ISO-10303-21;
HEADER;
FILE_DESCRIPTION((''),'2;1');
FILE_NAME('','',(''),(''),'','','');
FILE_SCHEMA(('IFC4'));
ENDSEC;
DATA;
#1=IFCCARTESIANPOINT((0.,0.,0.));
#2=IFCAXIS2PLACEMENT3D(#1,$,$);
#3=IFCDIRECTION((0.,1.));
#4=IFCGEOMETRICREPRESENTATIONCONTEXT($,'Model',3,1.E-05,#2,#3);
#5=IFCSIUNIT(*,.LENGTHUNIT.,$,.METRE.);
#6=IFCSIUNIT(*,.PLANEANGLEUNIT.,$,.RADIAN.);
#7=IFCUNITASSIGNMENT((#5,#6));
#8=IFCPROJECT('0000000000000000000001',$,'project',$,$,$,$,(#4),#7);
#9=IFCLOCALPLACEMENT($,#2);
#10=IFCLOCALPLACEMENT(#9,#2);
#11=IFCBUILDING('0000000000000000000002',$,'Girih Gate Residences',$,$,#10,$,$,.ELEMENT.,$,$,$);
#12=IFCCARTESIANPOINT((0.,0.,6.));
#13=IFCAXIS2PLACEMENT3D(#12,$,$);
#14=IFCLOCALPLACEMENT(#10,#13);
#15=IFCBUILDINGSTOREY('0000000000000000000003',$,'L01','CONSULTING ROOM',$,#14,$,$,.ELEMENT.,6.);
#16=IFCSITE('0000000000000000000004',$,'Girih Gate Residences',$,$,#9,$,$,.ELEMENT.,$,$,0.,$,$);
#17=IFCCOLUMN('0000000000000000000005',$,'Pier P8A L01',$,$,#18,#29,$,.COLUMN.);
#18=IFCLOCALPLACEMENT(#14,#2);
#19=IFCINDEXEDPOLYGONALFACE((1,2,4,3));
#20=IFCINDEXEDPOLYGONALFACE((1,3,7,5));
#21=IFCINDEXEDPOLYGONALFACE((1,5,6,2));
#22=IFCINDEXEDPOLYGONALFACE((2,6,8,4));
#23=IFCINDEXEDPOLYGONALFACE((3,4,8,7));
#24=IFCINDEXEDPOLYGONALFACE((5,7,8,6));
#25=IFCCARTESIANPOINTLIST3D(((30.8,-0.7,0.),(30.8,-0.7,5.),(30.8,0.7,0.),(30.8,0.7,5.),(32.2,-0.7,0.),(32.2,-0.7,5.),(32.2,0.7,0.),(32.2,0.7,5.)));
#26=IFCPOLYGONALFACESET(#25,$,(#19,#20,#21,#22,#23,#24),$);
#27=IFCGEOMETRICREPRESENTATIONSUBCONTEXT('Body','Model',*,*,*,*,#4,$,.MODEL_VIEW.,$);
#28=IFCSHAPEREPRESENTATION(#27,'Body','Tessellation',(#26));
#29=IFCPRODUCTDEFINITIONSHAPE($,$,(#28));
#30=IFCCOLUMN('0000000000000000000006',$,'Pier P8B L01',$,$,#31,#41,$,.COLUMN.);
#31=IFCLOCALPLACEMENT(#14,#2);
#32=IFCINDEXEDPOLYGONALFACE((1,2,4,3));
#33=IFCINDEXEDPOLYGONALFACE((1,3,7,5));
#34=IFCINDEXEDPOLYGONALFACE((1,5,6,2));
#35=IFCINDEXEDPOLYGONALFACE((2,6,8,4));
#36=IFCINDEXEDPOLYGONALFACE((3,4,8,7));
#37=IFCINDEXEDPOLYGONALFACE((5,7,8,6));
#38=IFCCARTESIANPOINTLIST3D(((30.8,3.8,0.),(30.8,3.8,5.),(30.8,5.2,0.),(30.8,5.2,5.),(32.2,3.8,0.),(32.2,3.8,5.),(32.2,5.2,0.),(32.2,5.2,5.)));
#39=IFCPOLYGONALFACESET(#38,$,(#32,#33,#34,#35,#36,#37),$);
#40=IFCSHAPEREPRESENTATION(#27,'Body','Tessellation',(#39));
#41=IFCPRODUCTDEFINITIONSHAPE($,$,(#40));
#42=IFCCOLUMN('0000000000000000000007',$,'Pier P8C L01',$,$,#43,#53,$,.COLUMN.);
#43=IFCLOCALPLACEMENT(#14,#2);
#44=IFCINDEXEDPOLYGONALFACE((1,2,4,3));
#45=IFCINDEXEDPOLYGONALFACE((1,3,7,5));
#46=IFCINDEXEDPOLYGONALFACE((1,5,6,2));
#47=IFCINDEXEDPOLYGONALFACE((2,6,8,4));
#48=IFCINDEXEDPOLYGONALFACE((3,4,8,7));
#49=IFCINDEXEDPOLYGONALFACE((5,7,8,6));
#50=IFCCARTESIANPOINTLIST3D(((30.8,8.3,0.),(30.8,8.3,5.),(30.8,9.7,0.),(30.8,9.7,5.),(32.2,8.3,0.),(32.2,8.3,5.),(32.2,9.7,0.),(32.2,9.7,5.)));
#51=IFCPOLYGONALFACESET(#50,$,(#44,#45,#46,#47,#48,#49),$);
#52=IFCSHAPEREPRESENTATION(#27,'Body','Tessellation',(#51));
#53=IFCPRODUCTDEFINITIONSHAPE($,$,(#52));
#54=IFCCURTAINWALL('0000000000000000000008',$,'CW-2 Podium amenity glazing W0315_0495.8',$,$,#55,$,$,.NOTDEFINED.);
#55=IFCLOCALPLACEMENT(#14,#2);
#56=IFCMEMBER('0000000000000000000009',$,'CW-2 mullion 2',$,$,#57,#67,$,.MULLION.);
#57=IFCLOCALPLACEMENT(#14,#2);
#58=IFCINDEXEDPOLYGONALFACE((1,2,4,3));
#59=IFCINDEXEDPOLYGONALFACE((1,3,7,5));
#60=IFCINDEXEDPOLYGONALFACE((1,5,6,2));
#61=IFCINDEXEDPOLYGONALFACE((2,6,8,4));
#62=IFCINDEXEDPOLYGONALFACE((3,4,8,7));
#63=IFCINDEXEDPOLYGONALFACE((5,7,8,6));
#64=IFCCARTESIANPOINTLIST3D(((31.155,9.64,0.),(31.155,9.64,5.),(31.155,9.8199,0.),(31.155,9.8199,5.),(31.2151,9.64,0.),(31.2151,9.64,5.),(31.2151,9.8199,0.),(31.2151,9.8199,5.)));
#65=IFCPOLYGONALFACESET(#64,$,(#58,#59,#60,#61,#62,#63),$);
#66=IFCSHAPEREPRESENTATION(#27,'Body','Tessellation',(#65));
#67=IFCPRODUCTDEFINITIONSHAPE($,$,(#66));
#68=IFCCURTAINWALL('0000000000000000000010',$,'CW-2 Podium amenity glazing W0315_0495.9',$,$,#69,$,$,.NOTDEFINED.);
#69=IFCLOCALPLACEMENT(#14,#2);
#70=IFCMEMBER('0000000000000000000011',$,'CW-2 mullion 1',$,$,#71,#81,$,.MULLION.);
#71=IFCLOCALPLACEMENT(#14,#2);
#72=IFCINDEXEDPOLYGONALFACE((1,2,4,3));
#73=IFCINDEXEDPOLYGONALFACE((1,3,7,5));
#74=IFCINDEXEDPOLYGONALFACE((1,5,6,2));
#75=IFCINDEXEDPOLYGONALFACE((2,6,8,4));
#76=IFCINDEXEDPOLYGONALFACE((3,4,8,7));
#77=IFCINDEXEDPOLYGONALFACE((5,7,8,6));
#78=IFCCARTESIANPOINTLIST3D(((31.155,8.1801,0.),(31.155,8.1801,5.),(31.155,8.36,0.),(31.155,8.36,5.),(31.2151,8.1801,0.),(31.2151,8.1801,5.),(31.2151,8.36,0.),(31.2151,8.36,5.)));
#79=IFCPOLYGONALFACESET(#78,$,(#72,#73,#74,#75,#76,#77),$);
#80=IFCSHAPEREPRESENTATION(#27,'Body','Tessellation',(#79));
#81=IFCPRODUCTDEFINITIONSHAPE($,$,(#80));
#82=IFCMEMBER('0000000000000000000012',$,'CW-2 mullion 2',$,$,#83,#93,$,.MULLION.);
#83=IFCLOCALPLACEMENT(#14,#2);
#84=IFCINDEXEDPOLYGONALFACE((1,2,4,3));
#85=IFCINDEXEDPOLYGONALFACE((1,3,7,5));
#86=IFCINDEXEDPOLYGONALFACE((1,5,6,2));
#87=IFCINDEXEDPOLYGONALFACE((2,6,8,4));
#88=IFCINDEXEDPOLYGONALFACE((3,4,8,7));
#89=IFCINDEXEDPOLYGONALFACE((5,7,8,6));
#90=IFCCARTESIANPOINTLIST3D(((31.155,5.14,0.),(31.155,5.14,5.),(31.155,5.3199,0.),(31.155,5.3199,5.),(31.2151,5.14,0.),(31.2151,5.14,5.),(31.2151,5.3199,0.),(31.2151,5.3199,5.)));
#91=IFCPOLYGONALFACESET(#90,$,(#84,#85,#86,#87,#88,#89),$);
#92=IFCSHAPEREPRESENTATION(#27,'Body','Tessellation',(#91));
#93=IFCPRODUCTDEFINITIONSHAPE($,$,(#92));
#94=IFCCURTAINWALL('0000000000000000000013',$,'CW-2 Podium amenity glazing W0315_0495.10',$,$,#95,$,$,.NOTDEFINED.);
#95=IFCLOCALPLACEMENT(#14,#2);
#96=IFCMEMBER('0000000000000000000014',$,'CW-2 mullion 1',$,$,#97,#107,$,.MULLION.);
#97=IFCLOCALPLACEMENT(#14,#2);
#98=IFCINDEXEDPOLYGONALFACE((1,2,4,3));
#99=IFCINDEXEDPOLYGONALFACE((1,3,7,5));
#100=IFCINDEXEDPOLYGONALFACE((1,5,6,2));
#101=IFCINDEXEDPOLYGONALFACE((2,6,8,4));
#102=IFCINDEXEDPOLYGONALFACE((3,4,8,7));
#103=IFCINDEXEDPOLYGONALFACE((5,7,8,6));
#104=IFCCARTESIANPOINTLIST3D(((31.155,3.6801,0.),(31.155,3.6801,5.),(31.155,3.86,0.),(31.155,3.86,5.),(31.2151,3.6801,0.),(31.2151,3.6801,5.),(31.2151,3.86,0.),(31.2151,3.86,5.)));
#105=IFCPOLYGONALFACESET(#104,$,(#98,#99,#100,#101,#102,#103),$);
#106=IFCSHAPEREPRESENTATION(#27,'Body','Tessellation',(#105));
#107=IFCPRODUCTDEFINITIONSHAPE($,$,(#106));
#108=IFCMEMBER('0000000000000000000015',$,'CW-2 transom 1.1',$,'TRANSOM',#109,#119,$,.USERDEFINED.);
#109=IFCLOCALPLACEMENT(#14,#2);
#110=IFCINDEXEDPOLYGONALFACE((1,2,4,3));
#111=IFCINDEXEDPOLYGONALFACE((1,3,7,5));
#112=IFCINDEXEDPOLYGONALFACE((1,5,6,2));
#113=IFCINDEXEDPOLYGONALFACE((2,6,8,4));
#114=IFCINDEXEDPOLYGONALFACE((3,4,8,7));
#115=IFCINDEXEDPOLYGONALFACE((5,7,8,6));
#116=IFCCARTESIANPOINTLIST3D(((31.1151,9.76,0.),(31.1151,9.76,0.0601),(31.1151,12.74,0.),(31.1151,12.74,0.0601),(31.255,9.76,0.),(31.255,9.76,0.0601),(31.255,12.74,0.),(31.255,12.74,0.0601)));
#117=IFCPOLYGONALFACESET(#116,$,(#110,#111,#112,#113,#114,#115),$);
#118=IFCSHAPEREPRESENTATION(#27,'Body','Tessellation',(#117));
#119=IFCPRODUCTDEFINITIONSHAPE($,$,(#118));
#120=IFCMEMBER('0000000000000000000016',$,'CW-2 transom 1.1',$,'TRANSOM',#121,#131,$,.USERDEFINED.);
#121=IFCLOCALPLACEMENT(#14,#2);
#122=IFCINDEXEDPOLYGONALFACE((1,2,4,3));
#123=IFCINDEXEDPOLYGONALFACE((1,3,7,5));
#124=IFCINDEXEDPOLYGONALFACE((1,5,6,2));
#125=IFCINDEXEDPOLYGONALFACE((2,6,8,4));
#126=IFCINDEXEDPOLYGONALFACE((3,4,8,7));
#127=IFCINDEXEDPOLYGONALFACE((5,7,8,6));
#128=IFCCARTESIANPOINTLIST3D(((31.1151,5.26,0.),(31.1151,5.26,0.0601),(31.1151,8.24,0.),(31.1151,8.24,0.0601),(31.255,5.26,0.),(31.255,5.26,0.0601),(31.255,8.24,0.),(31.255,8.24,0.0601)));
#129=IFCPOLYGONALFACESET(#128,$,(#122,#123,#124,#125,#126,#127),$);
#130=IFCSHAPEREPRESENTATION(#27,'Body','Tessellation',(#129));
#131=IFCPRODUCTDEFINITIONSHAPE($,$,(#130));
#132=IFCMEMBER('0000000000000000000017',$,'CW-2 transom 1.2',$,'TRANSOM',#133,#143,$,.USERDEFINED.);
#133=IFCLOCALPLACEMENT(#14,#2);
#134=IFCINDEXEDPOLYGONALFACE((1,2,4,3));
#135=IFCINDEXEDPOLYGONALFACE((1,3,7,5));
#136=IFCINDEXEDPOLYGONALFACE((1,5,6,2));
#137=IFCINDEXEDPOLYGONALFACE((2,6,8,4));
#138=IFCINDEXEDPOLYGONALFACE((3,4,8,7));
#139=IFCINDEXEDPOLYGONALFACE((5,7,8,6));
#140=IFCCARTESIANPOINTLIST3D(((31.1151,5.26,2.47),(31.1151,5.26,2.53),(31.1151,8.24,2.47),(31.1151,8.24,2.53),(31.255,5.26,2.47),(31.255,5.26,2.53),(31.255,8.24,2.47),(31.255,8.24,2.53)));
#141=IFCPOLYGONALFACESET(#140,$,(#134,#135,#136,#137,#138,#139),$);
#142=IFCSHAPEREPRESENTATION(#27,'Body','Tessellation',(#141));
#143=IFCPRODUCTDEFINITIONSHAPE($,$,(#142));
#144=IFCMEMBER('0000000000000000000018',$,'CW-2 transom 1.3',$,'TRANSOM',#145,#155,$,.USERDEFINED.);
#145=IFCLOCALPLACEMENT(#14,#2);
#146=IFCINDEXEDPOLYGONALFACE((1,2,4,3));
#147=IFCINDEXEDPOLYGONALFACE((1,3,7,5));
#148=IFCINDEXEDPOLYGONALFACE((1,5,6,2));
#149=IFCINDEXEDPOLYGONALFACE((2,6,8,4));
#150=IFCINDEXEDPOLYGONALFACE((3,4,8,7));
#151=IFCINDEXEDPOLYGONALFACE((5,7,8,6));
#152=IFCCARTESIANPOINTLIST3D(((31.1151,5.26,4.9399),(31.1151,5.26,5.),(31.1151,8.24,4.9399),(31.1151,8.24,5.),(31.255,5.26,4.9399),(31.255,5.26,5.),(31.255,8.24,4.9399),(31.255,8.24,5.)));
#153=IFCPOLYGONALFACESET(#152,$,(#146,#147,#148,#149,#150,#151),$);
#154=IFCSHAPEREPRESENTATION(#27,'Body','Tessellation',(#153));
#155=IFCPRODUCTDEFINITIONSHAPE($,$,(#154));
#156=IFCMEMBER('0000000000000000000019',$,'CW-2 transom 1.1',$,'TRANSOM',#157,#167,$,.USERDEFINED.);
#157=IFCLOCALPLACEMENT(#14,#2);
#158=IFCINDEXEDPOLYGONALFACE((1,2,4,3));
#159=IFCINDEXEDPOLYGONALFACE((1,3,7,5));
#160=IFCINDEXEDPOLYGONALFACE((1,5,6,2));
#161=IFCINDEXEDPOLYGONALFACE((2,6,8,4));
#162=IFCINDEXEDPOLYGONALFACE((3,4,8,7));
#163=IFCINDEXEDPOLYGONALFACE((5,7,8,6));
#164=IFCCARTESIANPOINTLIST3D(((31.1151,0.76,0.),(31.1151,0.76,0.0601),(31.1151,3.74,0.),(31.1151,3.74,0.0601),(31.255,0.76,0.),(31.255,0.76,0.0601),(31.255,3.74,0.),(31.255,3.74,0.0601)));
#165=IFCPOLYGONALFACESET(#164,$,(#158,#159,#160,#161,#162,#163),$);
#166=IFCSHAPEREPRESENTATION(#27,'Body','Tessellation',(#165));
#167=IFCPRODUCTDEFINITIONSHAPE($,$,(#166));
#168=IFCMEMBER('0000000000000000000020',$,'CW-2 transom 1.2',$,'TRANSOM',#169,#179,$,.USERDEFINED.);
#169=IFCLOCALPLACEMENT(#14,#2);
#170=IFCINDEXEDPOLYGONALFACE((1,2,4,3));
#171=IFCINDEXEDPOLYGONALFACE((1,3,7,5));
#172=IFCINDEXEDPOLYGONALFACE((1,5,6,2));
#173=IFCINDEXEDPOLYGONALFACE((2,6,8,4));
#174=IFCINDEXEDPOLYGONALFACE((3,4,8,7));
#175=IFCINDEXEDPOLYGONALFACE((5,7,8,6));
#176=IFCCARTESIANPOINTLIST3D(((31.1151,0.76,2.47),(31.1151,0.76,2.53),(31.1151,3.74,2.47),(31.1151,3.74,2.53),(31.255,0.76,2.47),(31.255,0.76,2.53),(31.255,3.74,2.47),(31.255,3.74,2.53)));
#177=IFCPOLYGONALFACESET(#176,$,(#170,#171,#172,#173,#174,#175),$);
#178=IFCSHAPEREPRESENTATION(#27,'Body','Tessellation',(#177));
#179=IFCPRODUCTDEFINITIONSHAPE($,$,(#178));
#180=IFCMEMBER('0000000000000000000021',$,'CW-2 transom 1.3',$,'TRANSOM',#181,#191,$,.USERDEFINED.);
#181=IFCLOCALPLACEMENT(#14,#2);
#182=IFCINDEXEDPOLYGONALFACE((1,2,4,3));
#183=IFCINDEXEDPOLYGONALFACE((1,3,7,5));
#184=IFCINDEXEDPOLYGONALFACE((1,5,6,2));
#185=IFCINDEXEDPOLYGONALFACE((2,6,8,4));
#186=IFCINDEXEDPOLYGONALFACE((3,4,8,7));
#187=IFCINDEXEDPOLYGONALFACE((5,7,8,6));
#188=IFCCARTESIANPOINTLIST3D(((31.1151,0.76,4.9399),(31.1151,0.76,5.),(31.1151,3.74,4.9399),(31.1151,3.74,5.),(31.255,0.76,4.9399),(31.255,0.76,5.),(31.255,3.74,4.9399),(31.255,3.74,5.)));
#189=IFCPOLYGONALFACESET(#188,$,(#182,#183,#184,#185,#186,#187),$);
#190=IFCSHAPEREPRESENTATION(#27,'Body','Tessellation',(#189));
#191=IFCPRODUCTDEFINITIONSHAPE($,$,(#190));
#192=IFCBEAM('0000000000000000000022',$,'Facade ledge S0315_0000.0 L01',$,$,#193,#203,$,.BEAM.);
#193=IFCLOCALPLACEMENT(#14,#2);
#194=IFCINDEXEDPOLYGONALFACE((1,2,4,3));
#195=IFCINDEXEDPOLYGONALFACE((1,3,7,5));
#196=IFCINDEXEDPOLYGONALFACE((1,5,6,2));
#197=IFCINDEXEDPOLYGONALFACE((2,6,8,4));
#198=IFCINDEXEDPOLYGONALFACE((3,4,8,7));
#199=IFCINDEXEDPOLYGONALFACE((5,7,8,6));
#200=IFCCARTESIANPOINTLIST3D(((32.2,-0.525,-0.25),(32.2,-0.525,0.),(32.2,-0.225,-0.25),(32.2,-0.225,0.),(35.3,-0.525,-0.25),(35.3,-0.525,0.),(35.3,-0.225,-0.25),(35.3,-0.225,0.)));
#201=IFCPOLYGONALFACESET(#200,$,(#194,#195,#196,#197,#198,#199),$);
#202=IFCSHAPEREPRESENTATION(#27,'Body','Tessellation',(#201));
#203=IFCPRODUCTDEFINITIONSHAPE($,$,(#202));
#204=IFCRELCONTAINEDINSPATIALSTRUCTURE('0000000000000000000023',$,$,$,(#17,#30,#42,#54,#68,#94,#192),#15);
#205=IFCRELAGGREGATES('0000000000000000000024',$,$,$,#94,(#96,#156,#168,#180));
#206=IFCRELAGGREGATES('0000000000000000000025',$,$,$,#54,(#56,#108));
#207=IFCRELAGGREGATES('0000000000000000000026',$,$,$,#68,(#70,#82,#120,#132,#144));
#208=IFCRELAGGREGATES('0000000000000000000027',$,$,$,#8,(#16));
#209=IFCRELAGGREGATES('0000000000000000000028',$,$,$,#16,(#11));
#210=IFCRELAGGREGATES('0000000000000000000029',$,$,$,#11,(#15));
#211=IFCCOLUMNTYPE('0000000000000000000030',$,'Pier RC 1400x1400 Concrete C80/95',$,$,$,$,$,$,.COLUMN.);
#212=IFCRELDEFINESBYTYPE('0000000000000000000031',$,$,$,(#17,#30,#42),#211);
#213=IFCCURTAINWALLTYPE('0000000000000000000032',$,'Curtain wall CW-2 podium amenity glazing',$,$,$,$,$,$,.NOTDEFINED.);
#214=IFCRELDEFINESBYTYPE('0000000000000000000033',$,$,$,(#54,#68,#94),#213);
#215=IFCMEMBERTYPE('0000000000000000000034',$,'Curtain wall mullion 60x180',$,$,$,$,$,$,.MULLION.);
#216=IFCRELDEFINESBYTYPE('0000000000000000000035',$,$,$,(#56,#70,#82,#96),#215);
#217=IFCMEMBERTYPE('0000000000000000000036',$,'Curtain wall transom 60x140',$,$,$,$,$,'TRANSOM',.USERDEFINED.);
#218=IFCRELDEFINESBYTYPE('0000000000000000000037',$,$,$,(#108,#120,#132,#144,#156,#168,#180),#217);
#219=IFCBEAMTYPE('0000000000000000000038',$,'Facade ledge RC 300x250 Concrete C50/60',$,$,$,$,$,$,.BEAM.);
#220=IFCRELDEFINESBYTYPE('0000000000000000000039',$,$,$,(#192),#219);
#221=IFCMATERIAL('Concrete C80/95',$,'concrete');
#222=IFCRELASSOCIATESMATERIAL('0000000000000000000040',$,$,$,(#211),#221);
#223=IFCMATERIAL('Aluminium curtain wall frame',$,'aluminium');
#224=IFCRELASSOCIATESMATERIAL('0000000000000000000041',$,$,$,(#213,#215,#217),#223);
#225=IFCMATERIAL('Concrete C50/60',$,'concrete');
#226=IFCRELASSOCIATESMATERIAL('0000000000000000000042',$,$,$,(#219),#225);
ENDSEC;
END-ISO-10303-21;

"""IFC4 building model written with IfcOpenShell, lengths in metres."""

from ifc_helpers import new_model, si_unit, direction, frame, origin, origin_2d, place, context, subcontext, project, spatial, rectangle, extrude, material, material_profile, profile_set, type_object, element, aggregate, save


model = new_model("IFC4")

# Units and contexts
model_context = context("Model", 3, precision=1e-05, world=origin(), true_north=direction((0.0, 1.0)))
body_context = subcontext(model_context, "Body", "Model", "MODEL_VIEW")
ifc_project = project(units=[si_unit("LENGTHUNIT", "METRE"), si_unit("PLANEANGLEUNIT", "RADIAN")], contexts=[model_context])

# Site, building, storey
site_placement = place(None, origin())
site = spatial("IfcSite", under=ifc_project, at=site_placement, Name="Girih Gate Residences", CompositionType="ELEMENT", RefElevation=0.0)
building_placement = place(site_placement, origin())
building = spatial("IfcBuilding", under=site, at=building_placement, Name="Girih Gate Residences", CompositionType="ELEMENT")
storey_placement = place(building_placement, frame((0.0, 0.0, 6.0)))
storey = spatial("IfcBuildingStorey", under=building, at=storey_placement, Name="L01", Description="CONSULTING ROOM", CompositionType="ELEMENT", Elevation=6.0)

# Columns
ifc_material_1 = material(Name="Concrete C80/95", Category="concrete")
ifc_material_profile_1 = material_profile(ifc_material_1, rectangle(XDim=1.3999, YDim=1.3999, at=origin_2d()))
ifc_profile_set_1 = profile_set([ifc_material_profile_1], Name="Concrete C80/95")
column_type = type_object("IfcColumnType", Name="Pier RC 1400x1400 Concrete C80/95", PredefinedType="COLUMN", material=ifc_profile_set_1)
for number, where, z_axis, x_axis, name in (
    (1, (31.5, 0.0, 0.0), (0.0, 0.0, 1.0), (1.0, 0.0, 0.0), "Pier P8A L01"),
    (2, (31.5, 4.5, 0.0), (0.0, 0.0, 1.0), (1.0, 0.0, 0.0), "Pier P8B L01"),
    (3, (31.5, 9.0, 0.0), (0.0, 0.0, 1.0), (1.0, 0.0, 0.0), "Pier P8C L01"),
):
    element("IfcColumn", number, at=place(storey_placement, frame(where, z_axis=z_axis, x_axis=x_axis)), inside=storey, type_object=column_type, Name=name, PredefinedType="COLUMN", context=body_context, shape_type="SweptSolid", body=[
        extrude(rectangle(XDim=1.3999, YDim=1.3999, at=origin_2d()), origin(), (0.0, 0.0, 1.0), 5.0),
    ])

# Curtain wall, member
ifc_material_2 = material(Name="Aluminium curtain wall frame", Category="aluminium")
curtain_wall_type = type_object("IfcCurtainWallType", Name="Curtain wall CW-2 podium amenity glazing", PredefinedType="NOTDEFINED", material=ifc_material_2)
curtain_wall_1_placement = place(storey_placement, origin())
curtain_wall_1 = element("IfcCurtainWall", 4, at=curtain_wall_1_placement, inside=storey, type_object=curtain_wall_type, Name="CW-2 Podium amenity glazing W0315_0495.8", PredefinedType="NOTDEFINED")
ifc_material_profile_2 = material_profile(ifc_material_2, rectangle(XDim=0.0601, YDim=0.1799, at=origin_2d()))
ifc_profile_set_2 = profile_set([ifc_material_profile_2], Name="Aluminium curtain wall frame")
member_type_1 = type_object("IfcMemberType", Name="Curtain wall mullion 60x180", PredefinedType="MULLION", material=ifc_profile_set_2)
member_1_placement = place(storey_placement, frame((31.1851, 9.73, 0.0), z_axis=(0.0, 0.0, 1.0), x_axis=(1.0, 0.0, 0.0)))
member_1 = element("IfcMember", 5, at=member_1_placement, type_object=member_type_1, Name="CW-2 mullion 2", PredefinedType="MULLION", context=body_context, shape_type="SweptSolid", body=[
    extrude(rectangle(XDim=0.0601, YDim=0.1799, at=origin_2d()), origin(), (0.0, 0.0, 1.0), 5.0),
])

# Curtain wall, members
curtain_wall_2_placement = place(storey_placement, origin())
curtain_wall_2 = element("IfcCurtainWall", 6, at=curtain_wall_2_placement, inside=storey, type_object=curtain_wall_type, Name="CW-2 Podium amenity glazing W0315_0495.9", PredefinedType="NOTDEFINED")
member_2_placement = place(storey_placement, frame((31.1851, 8.27, 0.0), z_axis=(0.0, 0.0, 1.0), x_axis=(1.0, 0.0, 0.0)))
member_2 = element("IfcMember", 7, at=member_2_placement, type_object=member_type_1, Name="CW-2 mullion 1", PredefinedType="MULLION", context=body_context, shape_type="SweptSolid", body=[
    extrude(rectangle(XDim=0.0601, YDim=0.1799, at=origin_2d()), origin(), (0.0, 0.0, 1.0), 5.0),
])
member_3_placement = place(storey_placement, frame((31.1851, 5.23, 0.0), z_axis=(0.0, 0.0, 1.0), x_axis=(1.0, 0.0, 0.0)))
member_3 = element("IfcMember", 8, at=member_3_placement, type_object=member_type_1, Name="CW-2 mullion 2", PredefinedType="MULLION", context=body_context, shape_type="SweptSolid", body=[
    extrude(rectangle(XDim=0.0601, YDim=0.1799, at=origin_2d()), origin(), (0.0, 0.0, 1.0), 5.0),
])

# Curtain wall, member
curtain_wall_3_placement = place(storey_placement, origin())
curtain_wall_3 = element("IfcCurtainWall", 9, at=curtain_wall_3_placement, inside=storey, type_object=curtain_wall_type, Name="CW-2 Podium amenity glazing W0315_0495.10", PredefinedType="NOTDEFINED")
member_4_placement = place(storey_placement, frame((31.1851, 3.77, 0.0), z_axis=(0.0, 0.0, 1.0), x_axis=(1.0, 0.0, 0.0)))
member_4 = element("IfcMember", 10, at=member_4_placement, type_object=member_type_1, Name="CW-2 mullion 1", PredefinedType="MULLION", context=body_context, shape_type="SweptSolid", body=[
    extrude(rectangle(XDim=0.0601, YDim=0.1799, at=origin_2d()), origin(), (0.0, 0.0, 1.0), 5.0),
])

# Members
ifc_material_profile_3 = material_profile(ifc_material_2, rectangle(XDim=0.1399, YDim=0.0601, at=origin_2d()))
ifc_profile_set_3 = profile_set([ifc_material_profile_3], Name="Aluminium curtain wall frame")
member_type_2 = type_object("IfcMemberType", Name="Curtain wall transom 60x140", ElementType="TRANSOM", PredefinedType="USERDEFINED", material=ifc_profile_set_3)
member_5_placement = place(storey_placement, frame((31.1851, 12.74, 0.03), z_axis=(0.0, -1.0, 0.0), x_axis=(1.0, 0.0, 0.0)))
member_5 = element("IfcMember", 11, at=member_5_placement, type_object=member_type_2, Name="CW-2 transom 1.1", ObjectType="TRANSOM", PredefinedType="USERDEFINED", context=body_context, shape_type="SweptSolid", body=[
    extrude(rectangle(XDim=0.1399, YDim=0.0601, at=origin_2d()), origin(), (0.0, 0.0, 1.0), 2.98),
])
member_6_placement = place(storey_placement, frame((31.1851, 8.24, 0.03), z_axis=(0.0, -1.0, 0.0), x_axis=(1.0, 0.0, 0.0)))
member_6 = element("IfcMember", 12, at=member_6_placement, type_object=member_type_2, Name="CW-2 transom 1.1", ObjectType="TRANSOM", PredefinedType="USERDEFINED", context=body_context, shape_type="SweptSolid", body=[
    extrude(rectangle(XDim=0.1399, YDim=0.0601, at=origin_2d()), origin(), (0.0, 0.0, 1.0), 2.98),
])
member_7_placement = place(storey_placement, frame((31.1851, 8.24, 2.5), z_axis=(0.0, -1.0, 0.0), x_axis=(1.0, 0.0, 0.0)))
member_7 = element("IfcMember", 13, at=member_7_placement, type_object=member_type_2, Name="CW-2 transom 1.2", ObjectType="TRANSOM", PredefinedType="USERDEFINED", context=body_context, shape_type="SweptSolid", body=[
    extrude(rectangle(XDim=0.1399, YDim=0.0601, at=origin_2d()), origin(), (0.0, 0.0, 1.0), 2.98),
])
member_8_placement = place(storey_placement, frame((31.1851, 8.24, 4.97), z_axis=(0.0, -1.0, 0.0), x_axis=(1.0, 0.0, 0.0)))
member_8 = element("IfcMember", 14, at=member_8_placement, type_object=member_type_2, Name="CW-2 transom 1.3", ObjectType="TRANSOM", PredefinedType="USERDEFINED", context=body_context, shape_type="SweptSolid", body=[
    extrude(rectangle(XDim=0.1399, YDim=0.0601, at=origin_2d()), origin(), (0.0, 0.0, 1.0), 2.98),
])
member_9_placement = place(storey_placement, frame((31.1851, 3.74, 0.03), z_axis=(0.0, -1.0, 0.0), x_axis=(1.0, 0.0, 0.0)))
member_9 = element("IfcMember", 15, at=member_9_placement, type_object=member_type_2, Name="CW-2 transom 1.1", ObjectType="TRANSOM", PredefinedType="USERDEFINED", context=body_context, shape_type="SweptSolid", body=[
    extrude(rectangle(XDim=0.1399, YDim=0.0601, at=origin_2d()), origin(), (0.0, 0.0, 1.0), 2.98),
])
member_10_placement = place(storey_placement, frame((31.1851, 3.74, 2.5), z_axis=(0.0, -1.0, 0.0), x_axis=(1.0, 0.0, 0.0)))
member_10 = element("IfcMember", 16, at=member_10_placement, type_object=member_type_2, Name="CW-2 transom 1.2", ObjectType="TRANSOM", PredefinedType="USERDEFINED", context=body_context, shape_type="SweptSolid", body=[
    extrude(rectangle(XDim=0.1399, YDim=0.0601, at=origin_2d()), origin(), (0.0, 0.0, 1.0), 2.98),
])
member_11_placement = place(storey_placement, frame((31.1851, 3.74, 4.97), z_axis=(0.0, -1.0, 0.0), x_axis=(1.0, 0.0, 0.0)))
member_11 = element("IfcMember", 17, at=member_11_placement, type_object=member_type_2, Name="CW-2 transom 1.3", ObjectType="TRANSOM", PredefinedType="USERDEFINED", context=body_context, shape_type="SweptSolid", body=[
    extrude(rectangle(XDim=0.1399, YDim=0.0601, at=origin_2d()), origin(), (0.0, 0.0, 1.0), 2.98),
])
aggregate(curtain_wall_3, [member_4, member_9, member_10, member_11])

# Beam
ifc_material_3 = material(Name="Concrete C50/60", Category="concrete")
ifc_material_profile_4 = material_profile(ifc_material_3, rectangle(XDim=0.3, YDim=0.25, at=origin_2d()))
ifc_profile_set_4 = profile_set([ifc_material_profile_4], Name="Concrete C50/60")
beam_type_1 = type_object("IfcBeamType", Name="Facade ledge RC 300x250 Concrete C50/60", PredefinedType="BEAM", material=ifc_profile_set_4)
beam_placement = place(storey_placement, frame((32.2, -0.375, -0.125), z_axis=(1.0, 0.0, 0.0), x_axis=(0.0, 1.0, 0.0)))
element("IfcBeam", 18, at=beam_placement, inside=storey, type_object=beam_type_1, Name="Facade ledge S0315_0000.0 L01", PredefinedType="BEAM", context=body_context, shape_type="SweptSolid", body=[
    extrude(rectangle(XDim=0.3, YDim=0.25, at=origin_2d()), origin(), (0.0, 0.0, 1.0), 3.1001),
])

aggregate(curtain_wall_1, [member_1, member_5])
aggregate(curtain_wall_2, [member_2, member_3, member_6, member_7, member_8])

save(model, "model.ifc")
